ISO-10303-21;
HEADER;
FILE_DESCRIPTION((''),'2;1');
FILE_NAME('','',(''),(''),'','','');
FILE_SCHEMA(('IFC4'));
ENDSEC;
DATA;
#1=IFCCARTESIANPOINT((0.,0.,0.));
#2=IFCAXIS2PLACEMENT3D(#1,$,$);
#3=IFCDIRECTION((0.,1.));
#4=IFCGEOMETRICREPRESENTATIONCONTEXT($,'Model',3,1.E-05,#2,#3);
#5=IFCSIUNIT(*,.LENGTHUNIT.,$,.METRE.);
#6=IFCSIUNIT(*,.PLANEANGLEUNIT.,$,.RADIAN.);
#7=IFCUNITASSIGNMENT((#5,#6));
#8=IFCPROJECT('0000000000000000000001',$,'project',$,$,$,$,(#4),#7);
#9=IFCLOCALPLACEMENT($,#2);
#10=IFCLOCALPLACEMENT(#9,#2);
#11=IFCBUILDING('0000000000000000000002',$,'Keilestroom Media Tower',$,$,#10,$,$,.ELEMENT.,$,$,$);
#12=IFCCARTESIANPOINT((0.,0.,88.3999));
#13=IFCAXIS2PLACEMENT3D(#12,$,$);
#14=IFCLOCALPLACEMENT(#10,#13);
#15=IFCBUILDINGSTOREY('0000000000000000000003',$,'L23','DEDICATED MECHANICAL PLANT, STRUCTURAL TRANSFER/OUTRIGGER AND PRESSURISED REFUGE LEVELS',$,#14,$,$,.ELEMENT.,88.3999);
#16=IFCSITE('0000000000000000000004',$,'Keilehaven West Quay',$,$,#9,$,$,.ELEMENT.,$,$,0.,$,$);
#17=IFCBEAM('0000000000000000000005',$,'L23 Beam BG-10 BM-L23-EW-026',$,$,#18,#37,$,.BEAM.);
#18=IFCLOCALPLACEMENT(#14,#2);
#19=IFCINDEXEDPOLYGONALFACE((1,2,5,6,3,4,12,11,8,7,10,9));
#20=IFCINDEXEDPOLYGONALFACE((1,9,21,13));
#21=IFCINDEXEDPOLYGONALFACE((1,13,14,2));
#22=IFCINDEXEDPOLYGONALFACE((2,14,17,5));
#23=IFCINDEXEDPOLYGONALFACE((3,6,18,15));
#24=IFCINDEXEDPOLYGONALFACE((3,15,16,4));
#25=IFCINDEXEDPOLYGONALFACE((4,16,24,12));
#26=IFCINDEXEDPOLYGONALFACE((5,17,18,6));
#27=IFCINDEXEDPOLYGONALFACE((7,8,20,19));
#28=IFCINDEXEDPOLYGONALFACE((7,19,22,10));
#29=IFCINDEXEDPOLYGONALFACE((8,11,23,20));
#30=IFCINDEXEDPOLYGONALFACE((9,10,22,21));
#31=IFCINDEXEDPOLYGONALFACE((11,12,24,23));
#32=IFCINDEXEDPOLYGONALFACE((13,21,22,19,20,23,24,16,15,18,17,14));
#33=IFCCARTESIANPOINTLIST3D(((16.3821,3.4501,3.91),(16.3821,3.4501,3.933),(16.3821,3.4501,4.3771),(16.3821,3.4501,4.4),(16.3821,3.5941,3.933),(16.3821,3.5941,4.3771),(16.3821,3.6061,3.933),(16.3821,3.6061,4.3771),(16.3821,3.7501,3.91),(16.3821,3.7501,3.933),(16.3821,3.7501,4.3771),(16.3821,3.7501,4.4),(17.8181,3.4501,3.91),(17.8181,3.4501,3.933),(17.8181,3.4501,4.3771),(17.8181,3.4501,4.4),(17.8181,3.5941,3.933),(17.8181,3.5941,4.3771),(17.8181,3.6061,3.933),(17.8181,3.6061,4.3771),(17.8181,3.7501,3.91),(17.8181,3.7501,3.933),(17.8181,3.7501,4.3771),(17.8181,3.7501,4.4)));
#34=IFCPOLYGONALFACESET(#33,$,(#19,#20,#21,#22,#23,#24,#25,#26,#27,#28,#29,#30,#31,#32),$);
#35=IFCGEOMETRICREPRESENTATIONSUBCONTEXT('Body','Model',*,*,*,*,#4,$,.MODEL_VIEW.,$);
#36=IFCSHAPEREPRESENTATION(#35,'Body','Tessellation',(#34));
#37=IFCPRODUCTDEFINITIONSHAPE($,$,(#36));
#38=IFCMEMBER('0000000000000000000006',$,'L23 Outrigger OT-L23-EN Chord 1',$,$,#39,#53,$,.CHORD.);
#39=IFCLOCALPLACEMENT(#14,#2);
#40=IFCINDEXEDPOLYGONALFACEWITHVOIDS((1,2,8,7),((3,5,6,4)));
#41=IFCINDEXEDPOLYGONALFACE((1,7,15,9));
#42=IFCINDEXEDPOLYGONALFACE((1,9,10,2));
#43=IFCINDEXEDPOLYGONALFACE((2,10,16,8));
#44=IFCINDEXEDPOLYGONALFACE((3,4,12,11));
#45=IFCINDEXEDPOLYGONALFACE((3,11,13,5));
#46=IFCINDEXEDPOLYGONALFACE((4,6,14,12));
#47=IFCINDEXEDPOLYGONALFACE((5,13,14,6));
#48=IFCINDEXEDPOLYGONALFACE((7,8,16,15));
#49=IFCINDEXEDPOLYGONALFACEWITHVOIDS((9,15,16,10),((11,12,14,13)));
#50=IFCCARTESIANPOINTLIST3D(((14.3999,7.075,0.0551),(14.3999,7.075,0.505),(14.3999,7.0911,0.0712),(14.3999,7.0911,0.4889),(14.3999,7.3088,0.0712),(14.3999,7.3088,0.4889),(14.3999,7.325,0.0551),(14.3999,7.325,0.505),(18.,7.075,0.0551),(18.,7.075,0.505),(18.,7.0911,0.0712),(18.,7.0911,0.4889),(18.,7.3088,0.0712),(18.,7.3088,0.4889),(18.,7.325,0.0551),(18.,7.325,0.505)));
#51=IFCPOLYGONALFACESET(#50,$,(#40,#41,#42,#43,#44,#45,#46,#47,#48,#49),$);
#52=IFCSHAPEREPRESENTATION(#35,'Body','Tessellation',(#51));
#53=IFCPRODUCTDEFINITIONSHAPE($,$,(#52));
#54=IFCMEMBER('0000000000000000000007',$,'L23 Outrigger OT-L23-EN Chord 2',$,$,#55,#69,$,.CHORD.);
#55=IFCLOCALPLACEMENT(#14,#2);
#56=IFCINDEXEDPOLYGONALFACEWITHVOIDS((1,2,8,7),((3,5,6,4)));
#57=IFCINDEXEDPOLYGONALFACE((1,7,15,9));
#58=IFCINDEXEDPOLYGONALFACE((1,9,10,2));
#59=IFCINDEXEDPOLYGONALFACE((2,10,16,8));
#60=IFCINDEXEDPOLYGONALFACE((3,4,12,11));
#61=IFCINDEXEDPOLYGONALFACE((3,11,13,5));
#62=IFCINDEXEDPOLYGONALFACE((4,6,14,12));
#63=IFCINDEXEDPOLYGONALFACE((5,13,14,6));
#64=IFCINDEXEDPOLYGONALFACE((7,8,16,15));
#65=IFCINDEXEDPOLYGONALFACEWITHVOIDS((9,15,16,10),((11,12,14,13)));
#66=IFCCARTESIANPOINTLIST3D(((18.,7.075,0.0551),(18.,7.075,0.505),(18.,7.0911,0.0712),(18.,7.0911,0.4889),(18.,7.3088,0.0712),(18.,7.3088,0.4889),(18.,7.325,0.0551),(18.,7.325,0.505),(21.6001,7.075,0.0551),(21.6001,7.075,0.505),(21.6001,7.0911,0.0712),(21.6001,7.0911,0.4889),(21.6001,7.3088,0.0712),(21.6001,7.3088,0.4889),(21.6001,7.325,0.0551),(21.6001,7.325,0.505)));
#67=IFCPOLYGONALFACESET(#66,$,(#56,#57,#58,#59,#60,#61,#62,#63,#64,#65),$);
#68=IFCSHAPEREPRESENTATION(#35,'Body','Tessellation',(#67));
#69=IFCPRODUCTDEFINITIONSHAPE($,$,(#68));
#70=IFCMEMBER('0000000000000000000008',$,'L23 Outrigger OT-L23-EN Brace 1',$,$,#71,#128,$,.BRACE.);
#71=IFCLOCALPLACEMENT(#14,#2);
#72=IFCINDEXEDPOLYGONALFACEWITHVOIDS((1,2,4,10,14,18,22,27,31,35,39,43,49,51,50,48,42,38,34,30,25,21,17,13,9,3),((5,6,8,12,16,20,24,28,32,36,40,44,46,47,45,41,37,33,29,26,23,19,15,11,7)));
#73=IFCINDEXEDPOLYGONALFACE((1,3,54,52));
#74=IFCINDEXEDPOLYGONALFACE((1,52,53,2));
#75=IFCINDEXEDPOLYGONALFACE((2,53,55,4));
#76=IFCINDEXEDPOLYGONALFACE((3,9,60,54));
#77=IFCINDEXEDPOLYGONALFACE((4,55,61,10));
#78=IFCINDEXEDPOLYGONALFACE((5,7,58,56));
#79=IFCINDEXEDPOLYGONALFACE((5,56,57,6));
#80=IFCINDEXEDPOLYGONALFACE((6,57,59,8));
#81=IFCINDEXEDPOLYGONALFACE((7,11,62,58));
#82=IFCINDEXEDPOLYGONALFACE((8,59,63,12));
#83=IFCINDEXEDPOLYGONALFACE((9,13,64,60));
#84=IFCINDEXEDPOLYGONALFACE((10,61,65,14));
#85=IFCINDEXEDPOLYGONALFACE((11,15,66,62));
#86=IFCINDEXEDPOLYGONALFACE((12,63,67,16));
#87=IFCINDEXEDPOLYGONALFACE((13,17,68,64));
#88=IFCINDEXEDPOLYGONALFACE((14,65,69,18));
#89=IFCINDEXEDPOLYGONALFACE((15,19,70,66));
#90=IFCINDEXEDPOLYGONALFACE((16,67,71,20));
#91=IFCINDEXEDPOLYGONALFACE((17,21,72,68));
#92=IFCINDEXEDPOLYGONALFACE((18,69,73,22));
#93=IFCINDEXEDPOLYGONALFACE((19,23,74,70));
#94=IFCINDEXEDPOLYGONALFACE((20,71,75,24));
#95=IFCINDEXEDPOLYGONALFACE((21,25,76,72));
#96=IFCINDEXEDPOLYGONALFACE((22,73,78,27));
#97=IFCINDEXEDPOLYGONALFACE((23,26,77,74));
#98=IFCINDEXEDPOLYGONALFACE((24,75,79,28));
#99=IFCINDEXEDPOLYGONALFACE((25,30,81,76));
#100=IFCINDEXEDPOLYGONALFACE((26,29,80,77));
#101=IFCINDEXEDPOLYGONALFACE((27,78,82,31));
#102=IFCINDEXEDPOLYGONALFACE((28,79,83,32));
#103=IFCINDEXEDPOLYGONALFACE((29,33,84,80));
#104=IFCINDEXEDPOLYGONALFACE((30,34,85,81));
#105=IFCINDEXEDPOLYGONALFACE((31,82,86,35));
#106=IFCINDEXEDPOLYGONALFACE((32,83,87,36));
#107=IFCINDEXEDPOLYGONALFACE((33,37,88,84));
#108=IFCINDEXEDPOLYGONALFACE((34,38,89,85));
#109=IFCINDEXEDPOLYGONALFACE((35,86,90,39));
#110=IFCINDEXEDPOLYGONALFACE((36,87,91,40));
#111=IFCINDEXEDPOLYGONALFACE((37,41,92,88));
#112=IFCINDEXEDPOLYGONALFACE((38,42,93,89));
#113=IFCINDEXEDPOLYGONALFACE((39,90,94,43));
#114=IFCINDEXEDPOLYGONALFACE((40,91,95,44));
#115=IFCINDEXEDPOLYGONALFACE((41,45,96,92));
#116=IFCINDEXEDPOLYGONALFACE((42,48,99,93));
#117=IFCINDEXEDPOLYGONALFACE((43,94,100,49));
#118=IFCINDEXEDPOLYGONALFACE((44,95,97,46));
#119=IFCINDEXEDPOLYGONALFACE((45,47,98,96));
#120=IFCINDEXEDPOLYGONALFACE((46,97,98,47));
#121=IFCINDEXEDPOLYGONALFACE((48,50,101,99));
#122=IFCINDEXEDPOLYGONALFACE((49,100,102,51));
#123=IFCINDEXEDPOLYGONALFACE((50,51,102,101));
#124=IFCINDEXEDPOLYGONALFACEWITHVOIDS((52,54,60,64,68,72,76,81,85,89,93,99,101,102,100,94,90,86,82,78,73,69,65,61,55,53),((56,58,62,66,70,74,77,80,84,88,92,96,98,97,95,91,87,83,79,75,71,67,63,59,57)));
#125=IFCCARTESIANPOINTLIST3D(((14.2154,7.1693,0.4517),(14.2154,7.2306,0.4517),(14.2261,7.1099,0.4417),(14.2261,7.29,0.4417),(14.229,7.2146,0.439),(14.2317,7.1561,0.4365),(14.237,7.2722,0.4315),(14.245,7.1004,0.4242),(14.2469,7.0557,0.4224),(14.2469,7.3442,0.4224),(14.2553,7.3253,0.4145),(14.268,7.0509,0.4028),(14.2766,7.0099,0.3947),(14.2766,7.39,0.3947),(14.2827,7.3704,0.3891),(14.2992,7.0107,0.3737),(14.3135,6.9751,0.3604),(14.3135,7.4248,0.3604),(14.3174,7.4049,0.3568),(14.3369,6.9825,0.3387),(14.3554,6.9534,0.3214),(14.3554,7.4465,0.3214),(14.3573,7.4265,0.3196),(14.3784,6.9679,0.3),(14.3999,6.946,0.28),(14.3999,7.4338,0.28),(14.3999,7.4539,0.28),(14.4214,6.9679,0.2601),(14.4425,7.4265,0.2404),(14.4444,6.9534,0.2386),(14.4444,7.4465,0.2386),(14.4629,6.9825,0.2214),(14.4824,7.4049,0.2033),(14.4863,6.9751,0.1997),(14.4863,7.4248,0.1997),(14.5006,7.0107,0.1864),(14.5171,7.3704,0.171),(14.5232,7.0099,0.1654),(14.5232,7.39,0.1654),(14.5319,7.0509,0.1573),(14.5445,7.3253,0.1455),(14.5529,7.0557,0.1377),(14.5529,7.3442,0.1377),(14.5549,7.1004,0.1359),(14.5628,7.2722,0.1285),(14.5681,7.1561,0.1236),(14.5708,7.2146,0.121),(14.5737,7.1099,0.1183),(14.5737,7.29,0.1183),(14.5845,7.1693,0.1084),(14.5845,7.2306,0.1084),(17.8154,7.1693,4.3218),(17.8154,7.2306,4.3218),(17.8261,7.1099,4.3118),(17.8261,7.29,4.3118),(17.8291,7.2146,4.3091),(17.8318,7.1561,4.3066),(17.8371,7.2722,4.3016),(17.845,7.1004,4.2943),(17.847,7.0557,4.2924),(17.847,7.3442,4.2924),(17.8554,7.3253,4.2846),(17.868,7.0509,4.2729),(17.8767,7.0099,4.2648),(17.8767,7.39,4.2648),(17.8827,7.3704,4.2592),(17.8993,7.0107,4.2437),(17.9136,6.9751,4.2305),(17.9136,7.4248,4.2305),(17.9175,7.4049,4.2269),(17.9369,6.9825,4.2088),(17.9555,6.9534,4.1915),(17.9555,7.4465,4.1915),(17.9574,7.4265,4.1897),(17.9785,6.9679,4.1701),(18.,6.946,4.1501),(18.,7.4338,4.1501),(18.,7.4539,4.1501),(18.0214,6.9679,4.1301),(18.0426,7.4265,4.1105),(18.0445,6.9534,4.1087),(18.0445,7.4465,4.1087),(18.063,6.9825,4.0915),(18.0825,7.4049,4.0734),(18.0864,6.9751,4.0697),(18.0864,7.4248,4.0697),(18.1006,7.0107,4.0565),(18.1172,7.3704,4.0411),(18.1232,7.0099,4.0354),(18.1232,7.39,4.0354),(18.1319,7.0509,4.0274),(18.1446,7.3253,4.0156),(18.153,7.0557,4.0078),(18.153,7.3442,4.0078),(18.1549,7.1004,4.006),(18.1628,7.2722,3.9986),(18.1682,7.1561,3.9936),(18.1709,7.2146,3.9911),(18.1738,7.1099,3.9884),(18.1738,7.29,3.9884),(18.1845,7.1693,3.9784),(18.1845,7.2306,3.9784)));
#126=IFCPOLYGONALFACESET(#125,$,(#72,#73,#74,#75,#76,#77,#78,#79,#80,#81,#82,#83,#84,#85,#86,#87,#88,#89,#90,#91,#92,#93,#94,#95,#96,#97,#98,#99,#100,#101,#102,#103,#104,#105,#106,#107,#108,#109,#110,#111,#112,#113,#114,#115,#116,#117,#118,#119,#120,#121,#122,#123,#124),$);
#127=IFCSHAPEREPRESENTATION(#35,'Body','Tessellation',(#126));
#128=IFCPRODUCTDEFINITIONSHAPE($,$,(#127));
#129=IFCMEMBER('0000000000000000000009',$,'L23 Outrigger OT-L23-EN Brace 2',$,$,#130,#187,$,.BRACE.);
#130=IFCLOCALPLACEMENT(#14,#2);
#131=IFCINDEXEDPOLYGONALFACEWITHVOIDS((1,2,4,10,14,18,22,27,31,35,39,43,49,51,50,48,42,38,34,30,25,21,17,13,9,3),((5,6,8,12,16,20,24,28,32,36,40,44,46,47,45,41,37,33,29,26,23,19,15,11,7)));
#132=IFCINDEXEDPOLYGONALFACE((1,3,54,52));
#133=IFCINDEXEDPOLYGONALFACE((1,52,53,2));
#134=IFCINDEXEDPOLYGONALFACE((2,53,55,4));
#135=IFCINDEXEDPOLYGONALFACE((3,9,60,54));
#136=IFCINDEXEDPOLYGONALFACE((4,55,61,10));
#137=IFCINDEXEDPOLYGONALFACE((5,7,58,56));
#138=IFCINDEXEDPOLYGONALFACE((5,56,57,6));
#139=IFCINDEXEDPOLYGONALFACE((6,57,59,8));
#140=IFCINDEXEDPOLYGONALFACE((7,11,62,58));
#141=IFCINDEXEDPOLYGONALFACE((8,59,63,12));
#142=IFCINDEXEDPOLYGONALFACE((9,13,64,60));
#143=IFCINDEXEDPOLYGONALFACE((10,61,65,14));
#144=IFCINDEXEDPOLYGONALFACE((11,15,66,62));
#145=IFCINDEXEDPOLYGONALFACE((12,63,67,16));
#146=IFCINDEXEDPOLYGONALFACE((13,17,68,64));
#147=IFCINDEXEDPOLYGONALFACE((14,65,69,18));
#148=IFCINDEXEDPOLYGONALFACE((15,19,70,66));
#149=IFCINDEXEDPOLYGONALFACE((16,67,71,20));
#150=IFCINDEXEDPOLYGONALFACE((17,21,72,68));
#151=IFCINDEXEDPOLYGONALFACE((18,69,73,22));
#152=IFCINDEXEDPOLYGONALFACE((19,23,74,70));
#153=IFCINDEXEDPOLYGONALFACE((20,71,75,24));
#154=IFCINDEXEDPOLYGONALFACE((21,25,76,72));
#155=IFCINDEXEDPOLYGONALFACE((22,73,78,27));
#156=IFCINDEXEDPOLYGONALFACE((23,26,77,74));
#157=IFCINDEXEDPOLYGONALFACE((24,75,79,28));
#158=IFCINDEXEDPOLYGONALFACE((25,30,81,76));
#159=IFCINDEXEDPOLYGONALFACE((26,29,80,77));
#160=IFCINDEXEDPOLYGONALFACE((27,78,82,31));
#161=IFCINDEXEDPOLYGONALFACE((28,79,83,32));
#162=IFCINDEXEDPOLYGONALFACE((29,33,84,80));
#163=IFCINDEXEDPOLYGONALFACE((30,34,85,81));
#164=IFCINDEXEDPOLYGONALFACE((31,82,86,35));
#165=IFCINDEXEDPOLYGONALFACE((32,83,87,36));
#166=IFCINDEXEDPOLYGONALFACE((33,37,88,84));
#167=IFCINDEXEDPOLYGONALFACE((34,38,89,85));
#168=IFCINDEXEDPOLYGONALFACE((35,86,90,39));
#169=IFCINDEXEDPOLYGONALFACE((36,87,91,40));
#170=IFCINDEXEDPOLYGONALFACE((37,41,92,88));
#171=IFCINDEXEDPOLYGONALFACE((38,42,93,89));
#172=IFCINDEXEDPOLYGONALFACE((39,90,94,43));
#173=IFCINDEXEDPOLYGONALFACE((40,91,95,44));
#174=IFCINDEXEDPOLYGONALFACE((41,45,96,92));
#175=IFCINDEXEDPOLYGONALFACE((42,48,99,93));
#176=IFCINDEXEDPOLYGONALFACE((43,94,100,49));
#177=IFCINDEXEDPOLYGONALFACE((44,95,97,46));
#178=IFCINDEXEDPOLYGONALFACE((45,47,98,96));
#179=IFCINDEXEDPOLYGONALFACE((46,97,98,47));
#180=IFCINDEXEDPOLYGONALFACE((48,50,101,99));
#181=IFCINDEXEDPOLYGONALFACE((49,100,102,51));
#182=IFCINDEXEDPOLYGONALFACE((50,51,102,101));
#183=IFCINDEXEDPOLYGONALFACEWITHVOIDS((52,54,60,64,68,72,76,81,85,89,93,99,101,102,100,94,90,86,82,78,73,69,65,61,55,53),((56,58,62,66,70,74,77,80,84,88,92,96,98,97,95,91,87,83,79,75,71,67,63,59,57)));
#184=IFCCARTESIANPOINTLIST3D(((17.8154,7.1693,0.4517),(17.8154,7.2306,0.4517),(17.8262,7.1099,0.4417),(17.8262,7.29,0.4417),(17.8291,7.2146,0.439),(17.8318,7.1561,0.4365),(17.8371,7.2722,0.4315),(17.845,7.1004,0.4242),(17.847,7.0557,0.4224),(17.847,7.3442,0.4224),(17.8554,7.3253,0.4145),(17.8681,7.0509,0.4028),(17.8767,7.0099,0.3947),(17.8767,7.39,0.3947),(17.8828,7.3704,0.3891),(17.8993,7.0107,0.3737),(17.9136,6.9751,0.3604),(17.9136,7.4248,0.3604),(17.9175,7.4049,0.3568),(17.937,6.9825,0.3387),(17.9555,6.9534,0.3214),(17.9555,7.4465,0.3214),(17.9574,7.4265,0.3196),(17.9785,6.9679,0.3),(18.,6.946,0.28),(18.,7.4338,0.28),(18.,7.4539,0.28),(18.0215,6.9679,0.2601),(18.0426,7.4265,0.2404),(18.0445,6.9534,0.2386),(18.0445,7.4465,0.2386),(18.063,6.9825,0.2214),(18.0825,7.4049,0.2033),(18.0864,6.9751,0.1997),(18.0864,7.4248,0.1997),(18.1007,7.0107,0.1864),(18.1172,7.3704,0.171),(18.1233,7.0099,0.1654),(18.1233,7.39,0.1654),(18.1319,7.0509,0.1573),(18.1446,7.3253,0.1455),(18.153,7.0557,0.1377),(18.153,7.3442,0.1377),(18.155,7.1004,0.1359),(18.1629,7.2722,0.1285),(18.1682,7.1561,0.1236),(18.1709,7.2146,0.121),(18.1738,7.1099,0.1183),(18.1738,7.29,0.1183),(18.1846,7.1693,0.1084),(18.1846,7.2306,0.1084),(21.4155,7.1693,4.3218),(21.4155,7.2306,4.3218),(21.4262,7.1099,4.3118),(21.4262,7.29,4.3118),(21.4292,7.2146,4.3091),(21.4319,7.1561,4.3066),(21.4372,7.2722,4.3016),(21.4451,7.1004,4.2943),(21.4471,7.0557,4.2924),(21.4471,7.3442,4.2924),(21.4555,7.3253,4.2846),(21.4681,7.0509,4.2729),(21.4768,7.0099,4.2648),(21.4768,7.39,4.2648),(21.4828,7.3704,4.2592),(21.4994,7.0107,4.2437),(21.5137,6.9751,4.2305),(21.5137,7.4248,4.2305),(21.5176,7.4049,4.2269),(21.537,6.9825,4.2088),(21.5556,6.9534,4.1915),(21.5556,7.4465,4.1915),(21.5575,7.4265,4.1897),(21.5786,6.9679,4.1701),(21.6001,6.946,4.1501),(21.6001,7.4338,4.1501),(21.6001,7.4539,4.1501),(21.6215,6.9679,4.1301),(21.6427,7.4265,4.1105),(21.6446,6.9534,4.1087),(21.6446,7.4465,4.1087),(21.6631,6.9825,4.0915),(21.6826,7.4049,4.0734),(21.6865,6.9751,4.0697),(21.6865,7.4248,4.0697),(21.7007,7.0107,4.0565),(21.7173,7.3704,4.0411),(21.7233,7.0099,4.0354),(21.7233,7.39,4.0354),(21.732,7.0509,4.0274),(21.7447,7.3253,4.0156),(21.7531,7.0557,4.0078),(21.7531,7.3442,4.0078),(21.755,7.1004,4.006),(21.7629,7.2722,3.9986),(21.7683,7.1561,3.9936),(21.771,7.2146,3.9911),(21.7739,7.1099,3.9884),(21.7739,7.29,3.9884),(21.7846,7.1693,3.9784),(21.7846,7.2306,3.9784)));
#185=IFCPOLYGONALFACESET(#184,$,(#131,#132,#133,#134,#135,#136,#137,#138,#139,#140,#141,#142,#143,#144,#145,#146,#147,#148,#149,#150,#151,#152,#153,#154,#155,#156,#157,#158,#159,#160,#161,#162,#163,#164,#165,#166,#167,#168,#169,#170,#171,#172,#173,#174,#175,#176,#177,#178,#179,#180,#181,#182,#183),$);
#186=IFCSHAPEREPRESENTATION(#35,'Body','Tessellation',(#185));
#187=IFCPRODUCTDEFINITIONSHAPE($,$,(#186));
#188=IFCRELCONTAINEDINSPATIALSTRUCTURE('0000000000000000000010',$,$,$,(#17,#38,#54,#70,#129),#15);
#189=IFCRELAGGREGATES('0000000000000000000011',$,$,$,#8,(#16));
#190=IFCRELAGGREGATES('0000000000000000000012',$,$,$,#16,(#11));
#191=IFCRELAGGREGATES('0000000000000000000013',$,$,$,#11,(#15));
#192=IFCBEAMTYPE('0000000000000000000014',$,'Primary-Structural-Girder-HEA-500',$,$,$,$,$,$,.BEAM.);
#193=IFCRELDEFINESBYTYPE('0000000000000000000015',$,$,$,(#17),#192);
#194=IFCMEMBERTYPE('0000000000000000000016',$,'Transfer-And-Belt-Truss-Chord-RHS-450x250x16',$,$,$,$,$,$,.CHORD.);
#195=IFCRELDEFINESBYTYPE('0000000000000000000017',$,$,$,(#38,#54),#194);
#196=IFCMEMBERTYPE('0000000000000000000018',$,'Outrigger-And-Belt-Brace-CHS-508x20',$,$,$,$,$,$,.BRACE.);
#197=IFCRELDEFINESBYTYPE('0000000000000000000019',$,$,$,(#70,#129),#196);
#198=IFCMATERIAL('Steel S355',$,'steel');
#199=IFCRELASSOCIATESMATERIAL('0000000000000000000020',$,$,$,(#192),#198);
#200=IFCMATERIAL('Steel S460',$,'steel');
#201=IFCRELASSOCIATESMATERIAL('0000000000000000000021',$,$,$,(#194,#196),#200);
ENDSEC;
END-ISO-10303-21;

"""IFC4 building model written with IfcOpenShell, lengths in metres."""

from ifc_helpers import new_model, si_unit, direction, frame, origin, origin_2d, place, context, subcontext, project, spatial, hollow_rectangle, hollow_circle, i_section, extrude, source, transform, mapped, material, material_profile, profile_set, type_object, element, save


model = new_model("IFC4")

# Units and contexts
model_context = context("Model", 3, precision=1e-05, world=origin(), true_north=direction((0.0, 1.0)))
body_context = subcontext(model_context, "Body", "Model", "MODEL_VIEW")
ifc_project = project(units=[si_unit("LENGTHUNIT", "METRE"), si_unit("PLANEANGLEUNIT", "RADIAN")], contexts=[model_context])

# Site, building, storey
site_placement = place(None, origin())
site = spatial("IfcSite", under=ifc_project, at=site_placement, Name="Keilehaven West Quay", CompositionType="ELEMENT", RefElevation=0.0)
building_placement = place(site_placement, origin())
building = spatial("IfcBuilding", under=site, at=building_placement, Name="Keilestroom Media Tower", CompositionType="ELEMENT")
storey_placement = place(building_placement, frame((0.0, 0.0, 88.3999)))
storey = spatial("IfcBuildingStorey", under=building, at=storey_placement, Name="L23", Description="DEDICATED MECHANICAL PLANT, STRUCTURAL TRANSFER/OUTRIGGER AND PRESSURISED REFUGE LEVELS", CompositionType="ELEMENT", Elevation=88.3999)

# Shared definitions
ifc_material_1 = material(Name="Steel S460", Category="steel")

# Beam
ifc_material_2 = material(Name="Steel S355", Category="steel")
ifc_material_profile_1 = material_profile(ifc_material_2, i_section(OverallWidth=0.3, OverallDepth=0.49, WebThickness=0.012, FlangeThickness=0.0229, at=origin_2d()), Name="HEA 500")
ifc_profile_set_1 = profile_set([ifc_material_profile_1], Name="Steel S355")
beam_type_1 = type_object("IfcBeamType", Name="Primary-Structural-Girder-HEA-500", PredefinedType="BEAM", material=ifc_profile_set_1)
shared_shape_1 = source(origin(), body_context, "Body", "SweptSolid", [
    extrude(i_section(OverallWidth=0.3, OverallDepth=0.49, WebThickness=0.012, FlangeThickness=0.0229, at=origin_2d()), origin(), (0.0, 0.0, 1.0), 1.436),
])
for number, where, z_axis, x_axis, name in (
    (1, (16.3821, 3.6001, 4.155), (1.0, 0.0, 0.0), (0.0, 1.0, 0.0), "L23 Beam BG-10 BM-L23-EW-026"),
):
    element("IfcBeam", number, at=place(storey_placement, frame(where, z_axis=z_axis, x_axis=x_axis)), inside=storey, type_object=beam_type_1, Name=name, PredefinedType="BEAM", context=body_context, shape_type="MappedRepresentation", body=[
        mapped(shared_shape_1, transform((0.0, 0.0, 0.0), x_axis=(1.0, 0.0, 0.0), y_axis=(0.0, 1.0, 0.0), z_axis=(0.0, 0.0, 1.0), scale=1.0)),
    ])

# Members
ifc_material_profile_2 = material_profile(ifc_material_1, hollow_rectangle(XDim=0.25, YDim=0.45, WallThickness=0.0161, at=origin_2d()), Name="RHS 450x250x16")
ifc_profile_set_2 = profile_set([ifc_material_profile_2], Name="Steel S460")
member_type_1 = type_object("IfcMemberType", Name="Transfer-And-Belt-Truss-Chord-RHS-450x250x16", PredefinedType="CHORD", material=ifc_profile_set_2)
shared_shape_2 = source(origin(), body_context, "Body", "SweptSolid", [
    extrude(hollow_rectangle(XDim=0.25, YDim=0.45, WallThickness=0.0161, at=origin_2d()), origin(), (0.0, 0.0, 1.0), 3.6001),
])
for number, where, z_axis, x_axis, name in (
    (2, (14.3999, 7.2, 0.28), (1.0, 0.0, 0.0), (0.0, 1.0, 0.0), "L23 Outrigger OT-L23-EN Chord 1"),
    (3, (18.0, 7.2, 0.28), (1.0, 0.0, 0.0), (0.0, 1.0, 0.0), "L23 Outrigger OT-L23-EN Chord 2"),
):
    element("IfcMember", number, at=place(storey_placement, frame(where, z_axis=z_axis, x_axis=x_axis)), inside=storey, type_object=member_type_1, Name=name, PredefinedType="CHORD", context=body_context, shape_type="MappedRepresentation", body=[
        mapped(shared_shape_2, transform((0.0, 0.0, 0.0), x_axis=(1.0, 0.0, 0.0), y_axis=(0.0, 1.0, 0.0), z_axis=(0.0, 0.0, 1.0), scale=1.0)),
    ])
ifc_material_profile_3 = material_profile(ifc_material_1, hollow_circle(Radius=0.2539, WallThickness=0.02, at=origin_2d()), Name="CHS 508x20")
ifc_profile_set_3 = profile_set([ifc_material_profile_3], Name="Steel S460")
member_type_2 = type_object("IfcMemberType", Name="Outrigger-And-Belt-Brace-CHS-508x20", PredefinedType="BRACE", material=ifc_profile_set_3)
shared_shape_3 = source(origin(), body_context, "Body", "SweptSolid", [
    extrude(hollow_circle(Radius=0.2539, WallThickness=0.02, at=origin_2d()), origin(), (0.0, 0.0, 1.0), 5.2856),
])
for number, where, z_axis, x_axis, name in (
    (4, (14.3999, 7.2, 0.28), (0.681103, 0.0, 0.732188), (0.0, 1.0, 0.0), "L23 Outrigger OT-L23-EN Brace 1"),
    (5, (18.0, 7.2, 0.28), (0.681103, 0.0, 0.732188), (0.0, 1.0, 0.0), "L23 Outrigger OT-L23-EN Brace 2"),
):
    element("IfcMember", number, at=place(storey_placement, frame(where, z_axis=z_axis, x_axis=x_axis)), inside=storey, type_object=member_type_2, Name=name, PredefinedType="BRACE", context=body_context, shape_type="MappedRepresentation", body=[
        mapped(shared_shape_3, transform((0.0, 0.0, 0.0), x_axis=(1.0, 0.0, 0.0), y_axis=(0.0, 1.0, 0.0), z_axis=(0.0, 0.0, 1.0), scale=1.0)),
    ])

save(model, "model.ifc")
